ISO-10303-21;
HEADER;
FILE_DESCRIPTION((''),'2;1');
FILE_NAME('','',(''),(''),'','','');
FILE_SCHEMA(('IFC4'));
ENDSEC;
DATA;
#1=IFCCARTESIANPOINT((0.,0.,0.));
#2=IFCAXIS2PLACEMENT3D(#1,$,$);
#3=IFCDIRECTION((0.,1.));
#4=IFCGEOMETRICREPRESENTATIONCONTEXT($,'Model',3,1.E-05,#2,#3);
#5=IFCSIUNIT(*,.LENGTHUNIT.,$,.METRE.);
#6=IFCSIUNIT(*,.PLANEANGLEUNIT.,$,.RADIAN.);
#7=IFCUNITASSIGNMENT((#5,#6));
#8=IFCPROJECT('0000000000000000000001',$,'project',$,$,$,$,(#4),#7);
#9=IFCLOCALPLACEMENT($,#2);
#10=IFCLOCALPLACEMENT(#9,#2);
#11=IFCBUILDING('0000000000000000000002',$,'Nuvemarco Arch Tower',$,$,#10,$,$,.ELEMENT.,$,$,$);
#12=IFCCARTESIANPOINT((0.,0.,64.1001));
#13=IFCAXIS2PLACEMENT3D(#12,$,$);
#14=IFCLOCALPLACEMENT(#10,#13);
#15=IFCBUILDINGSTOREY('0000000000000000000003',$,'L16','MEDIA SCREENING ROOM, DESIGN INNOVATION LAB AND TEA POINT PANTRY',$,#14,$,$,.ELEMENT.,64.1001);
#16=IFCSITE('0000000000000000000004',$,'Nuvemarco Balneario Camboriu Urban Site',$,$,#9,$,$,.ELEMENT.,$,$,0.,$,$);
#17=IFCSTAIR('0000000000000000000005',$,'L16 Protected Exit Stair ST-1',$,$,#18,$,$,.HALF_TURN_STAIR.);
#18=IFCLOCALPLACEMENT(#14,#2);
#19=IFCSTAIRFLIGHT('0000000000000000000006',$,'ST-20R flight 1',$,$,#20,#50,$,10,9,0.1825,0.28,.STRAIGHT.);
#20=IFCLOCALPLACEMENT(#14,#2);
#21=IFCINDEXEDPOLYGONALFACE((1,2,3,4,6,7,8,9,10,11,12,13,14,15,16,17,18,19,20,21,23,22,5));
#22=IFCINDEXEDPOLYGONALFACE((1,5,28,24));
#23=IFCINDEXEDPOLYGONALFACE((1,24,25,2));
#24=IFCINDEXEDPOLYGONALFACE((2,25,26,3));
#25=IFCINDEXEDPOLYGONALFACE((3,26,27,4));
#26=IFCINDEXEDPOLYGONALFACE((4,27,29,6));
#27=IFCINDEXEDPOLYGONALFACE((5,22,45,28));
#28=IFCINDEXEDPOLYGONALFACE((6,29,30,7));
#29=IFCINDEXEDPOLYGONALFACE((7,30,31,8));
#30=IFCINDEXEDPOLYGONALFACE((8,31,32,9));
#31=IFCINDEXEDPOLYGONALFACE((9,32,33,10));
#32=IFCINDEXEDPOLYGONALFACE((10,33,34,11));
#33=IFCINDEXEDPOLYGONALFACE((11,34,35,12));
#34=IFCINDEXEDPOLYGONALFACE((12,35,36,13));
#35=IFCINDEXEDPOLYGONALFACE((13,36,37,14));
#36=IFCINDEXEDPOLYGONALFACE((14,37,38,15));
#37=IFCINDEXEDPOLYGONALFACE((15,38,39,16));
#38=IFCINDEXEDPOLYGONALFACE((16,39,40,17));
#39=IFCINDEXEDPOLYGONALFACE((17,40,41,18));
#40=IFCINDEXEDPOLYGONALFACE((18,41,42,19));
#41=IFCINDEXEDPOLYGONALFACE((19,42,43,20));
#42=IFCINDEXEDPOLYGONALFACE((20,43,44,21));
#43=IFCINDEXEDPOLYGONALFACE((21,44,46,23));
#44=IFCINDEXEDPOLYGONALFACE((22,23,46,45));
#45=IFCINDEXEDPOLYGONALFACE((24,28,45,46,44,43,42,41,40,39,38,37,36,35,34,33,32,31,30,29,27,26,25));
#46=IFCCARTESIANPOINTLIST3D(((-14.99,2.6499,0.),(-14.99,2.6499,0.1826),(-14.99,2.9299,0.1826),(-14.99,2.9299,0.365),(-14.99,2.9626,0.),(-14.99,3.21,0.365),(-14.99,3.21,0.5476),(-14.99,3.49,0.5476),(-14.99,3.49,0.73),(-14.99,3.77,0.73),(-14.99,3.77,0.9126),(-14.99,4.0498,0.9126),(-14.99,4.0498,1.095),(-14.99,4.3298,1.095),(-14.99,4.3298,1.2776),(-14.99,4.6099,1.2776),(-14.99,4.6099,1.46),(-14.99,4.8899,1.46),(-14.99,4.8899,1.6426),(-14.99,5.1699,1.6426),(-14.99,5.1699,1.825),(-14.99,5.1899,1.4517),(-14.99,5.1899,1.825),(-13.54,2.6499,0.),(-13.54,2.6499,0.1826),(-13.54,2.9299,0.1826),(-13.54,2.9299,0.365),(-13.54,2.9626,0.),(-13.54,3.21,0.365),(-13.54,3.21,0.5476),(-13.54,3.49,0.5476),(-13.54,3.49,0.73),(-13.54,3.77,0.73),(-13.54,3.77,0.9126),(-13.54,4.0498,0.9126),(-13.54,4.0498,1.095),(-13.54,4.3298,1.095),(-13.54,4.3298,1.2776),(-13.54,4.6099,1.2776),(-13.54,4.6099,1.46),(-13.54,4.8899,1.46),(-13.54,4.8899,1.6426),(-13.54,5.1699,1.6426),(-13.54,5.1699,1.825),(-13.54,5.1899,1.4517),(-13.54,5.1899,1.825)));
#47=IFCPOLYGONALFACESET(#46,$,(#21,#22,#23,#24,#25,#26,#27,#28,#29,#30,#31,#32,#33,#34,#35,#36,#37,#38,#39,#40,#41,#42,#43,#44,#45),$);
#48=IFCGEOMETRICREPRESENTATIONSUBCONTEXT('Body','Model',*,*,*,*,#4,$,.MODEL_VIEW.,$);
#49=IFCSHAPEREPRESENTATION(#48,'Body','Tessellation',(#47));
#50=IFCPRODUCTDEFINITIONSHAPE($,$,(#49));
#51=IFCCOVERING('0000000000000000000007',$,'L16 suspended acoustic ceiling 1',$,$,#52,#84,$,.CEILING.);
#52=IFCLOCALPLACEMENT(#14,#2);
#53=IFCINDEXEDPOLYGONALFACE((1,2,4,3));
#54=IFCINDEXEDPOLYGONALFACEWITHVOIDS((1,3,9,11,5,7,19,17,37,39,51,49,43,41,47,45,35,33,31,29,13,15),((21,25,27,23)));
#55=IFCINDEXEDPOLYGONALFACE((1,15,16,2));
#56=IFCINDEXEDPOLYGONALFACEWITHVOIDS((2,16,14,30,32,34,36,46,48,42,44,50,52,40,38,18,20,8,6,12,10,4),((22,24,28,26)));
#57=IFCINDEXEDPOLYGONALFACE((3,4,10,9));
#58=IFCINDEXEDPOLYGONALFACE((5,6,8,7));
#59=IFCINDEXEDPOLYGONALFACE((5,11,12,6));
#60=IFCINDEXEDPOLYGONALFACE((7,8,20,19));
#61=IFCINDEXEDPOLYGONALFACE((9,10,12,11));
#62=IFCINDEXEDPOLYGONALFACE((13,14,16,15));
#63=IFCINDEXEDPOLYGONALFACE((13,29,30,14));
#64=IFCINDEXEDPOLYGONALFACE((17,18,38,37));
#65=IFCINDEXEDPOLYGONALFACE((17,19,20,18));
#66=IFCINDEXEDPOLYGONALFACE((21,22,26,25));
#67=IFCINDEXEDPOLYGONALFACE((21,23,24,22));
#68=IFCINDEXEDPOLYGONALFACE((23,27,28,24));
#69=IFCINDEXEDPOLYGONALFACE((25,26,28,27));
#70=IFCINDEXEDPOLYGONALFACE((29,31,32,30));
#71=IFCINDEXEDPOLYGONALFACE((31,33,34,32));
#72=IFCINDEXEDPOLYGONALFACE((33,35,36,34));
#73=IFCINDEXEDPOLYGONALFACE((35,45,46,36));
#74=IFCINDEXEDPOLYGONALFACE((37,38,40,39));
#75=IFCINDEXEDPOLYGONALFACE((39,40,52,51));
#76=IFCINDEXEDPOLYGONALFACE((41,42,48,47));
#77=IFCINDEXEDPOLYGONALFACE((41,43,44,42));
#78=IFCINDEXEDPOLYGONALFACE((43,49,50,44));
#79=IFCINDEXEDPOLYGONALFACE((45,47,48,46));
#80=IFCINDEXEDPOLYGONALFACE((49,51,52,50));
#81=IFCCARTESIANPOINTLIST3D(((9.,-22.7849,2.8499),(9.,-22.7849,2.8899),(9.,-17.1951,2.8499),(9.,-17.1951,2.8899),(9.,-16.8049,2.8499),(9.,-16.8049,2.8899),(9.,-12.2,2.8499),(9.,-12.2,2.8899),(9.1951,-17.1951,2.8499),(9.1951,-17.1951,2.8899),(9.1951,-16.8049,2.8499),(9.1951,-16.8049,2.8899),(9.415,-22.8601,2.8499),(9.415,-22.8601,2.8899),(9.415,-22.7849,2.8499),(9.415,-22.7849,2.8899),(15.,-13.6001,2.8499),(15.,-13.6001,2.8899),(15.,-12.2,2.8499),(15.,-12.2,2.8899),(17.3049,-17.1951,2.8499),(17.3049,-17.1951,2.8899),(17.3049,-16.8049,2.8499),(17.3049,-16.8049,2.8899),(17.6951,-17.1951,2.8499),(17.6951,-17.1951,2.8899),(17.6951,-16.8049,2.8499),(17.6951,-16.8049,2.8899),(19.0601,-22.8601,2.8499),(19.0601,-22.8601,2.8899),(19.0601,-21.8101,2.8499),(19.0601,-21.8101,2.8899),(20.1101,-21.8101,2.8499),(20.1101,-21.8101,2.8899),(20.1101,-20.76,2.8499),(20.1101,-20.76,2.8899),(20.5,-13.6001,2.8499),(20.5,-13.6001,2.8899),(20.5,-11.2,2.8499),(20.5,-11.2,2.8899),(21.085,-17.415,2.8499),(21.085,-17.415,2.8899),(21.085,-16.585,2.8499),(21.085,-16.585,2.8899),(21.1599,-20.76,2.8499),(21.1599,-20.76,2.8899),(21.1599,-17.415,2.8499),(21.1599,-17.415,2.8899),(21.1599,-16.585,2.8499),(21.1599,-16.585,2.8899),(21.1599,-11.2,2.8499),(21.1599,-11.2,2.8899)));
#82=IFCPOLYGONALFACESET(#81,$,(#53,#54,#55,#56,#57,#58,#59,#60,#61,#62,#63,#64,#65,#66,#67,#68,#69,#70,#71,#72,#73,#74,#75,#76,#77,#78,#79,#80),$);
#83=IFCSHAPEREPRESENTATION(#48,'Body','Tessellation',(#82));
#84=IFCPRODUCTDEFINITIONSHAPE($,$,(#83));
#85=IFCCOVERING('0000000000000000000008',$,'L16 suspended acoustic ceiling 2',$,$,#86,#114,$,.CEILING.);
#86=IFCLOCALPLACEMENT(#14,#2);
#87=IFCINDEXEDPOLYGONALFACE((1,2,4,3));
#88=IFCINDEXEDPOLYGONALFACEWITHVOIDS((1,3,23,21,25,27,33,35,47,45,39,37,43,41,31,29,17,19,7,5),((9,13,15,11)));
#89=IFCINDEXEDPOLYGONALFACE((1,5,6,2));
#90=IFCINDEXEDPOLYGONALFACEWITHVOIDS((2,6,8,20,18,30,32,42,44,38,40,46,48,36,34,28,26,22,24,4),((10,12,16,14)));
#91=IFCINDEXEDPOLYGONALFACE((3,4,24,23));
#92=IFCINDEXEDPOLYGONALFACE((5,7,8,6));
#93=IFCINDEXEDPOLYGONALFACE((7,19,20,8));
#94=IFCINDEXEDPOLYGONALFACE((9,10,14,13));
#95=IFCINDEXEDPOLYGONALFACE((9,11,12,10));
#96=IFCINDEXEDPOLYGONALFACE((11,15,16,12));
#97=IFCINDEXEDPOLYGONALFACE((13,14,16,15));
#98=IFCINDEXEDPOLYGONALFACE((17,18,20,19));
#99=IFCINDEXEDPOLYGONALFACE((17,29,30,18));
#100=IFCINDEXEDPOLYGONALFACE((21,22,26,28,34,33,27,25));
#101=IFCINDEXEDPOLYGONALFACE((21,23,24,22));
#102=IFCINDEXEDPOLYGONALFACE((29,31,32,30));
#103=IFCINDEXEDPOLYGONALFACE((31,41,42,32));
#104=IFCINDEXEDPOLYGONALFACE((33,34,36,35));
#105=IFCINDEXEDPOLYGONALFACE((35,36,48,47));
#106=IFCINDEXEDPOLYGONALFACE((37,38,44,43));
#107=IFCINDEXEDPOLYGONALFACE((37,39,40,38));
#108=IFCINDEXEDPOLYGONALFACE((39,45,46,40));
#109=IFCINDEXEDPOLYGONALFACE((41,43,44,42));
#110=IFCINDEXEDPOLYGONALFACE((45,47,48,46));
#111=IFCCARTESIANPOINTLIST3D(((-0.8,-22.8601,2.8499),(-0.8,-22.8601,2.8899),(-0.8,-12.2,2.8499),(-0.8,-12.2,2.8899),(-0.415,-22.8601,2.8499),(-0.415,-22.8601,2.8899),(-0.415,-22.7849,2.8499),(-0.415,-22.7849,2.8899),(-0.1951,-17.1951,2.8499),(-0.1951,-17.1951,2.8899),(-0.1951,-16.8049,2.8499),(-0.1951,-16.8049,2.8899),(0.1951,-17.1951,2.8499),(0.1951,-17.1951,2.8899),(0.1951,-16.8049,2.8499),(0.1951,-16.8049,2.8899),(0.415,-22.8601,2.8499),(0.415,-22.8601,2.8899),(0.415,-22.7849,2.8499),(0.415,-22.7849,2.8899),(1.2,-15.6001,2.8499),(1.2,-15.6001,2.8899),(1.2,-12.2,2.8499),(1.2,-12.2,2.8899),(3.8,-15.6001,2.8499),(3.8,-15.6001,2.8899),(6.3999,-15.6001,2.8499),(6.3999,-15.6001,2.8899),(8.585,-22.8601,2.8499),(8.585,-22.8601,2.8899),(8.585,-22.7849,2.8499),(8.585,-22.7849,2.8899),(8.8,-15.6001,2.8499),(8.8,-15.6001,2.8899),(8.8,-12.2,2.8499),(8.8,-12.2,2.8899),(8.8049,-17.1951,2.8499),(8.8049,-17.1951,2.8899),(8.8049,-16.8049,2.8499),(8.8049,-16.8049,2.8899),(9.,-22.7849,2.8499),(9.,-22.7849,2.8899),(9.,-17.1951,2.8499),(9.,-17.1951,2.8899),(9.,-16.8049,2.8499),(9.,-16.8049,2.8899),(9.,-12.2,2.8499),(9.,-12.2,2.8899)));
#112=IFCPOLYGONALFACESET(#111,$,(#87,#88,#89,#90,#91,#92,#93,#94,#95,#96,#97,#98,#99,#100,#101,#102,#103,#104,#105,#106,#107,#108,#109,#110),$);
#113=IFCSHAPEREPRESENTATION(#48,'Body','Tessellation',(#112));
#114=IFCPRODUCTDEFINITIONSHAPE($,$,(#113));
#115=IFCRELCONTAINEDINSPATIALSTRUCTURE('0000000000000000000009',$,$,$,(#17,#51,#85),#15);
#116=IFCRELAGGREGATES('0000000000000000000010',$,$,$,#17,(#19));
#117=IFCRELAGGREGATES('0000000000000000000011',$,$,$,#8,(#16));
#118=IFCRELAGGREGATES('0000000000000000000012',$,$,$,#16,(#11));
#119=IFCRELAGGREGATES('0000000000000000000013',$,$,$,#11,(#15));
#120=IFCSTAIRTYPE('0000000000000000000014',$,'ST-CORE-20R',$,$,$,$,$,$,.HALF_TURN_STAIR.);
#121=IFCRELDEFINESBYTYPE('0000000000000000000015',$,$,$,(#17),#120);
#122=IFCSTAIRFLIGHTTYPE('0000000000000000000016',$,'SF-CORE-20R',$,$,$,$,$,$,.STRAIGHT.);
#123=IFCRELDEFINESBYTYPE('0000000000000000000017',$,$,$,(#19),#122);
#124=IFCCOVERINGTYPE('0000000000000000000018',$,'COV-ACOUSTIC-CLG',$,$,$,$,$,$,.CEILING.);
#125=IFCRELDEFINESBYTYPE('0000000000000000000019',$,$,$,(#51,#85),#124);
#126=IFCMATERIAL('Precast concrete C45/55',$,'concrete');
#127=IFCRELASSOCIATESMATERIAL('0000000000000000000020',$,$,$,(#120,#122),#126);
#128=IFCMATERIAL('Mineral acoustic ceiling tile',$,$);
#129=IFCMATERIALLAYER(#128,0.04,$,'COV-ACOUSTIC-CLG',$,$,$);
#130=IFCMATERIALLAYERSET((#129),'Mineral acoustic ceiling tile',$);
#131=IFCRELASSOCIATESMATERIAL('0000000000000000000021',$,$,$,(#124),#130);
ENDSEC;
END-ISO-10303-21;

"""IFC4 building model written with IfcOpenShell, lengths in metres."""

from ifc_helpers import new_model, si_unit, direction, frame, origin, place, context, subcontext, project, spatial, polyline, outline, extrude, material, layer, layer_set, type_object, element, aggregate, save


model = new_model("IFC4")

# Units and contexts
model_context = context("Model", 3, precision=1e-05, world=origin(), true_north=direction((0.0, 1.0)))
body_context = subcontext(model_context, "Body", "Model", "MODEL_VIEW")
ifc_project = project(units=[si_unit("LENGTHUNIT", "METRE"), si_unit("PLANEANGLEUNIT", "RADIAN")], contexts=[model_context])

# Site, building, storey
site_placement = place(None, origin())
site = spatial("IfcSite", under=ifc_project, at=site_placement, Name="Nuvemarco Balneario Camboriu Urban Site", CompositionType="ELEMENT", RefElevation=0.0)
building_placement = place(site_placement, origin())
building = spatial("IfcBuilding", under=site, at=building_placement, Name="Nuvemarco Arch Tower", CompositionType="ELEMENT")
storey_placement = place(building_placement, frame((0.0, 0.0, 64.1001)))
storey = spatial("IfcBuildingStorey", under=building, at=storey_placement, Name="L16", Description="MEDIA SCREENING ROOM, DESIGN INNOVATION LAB AND TEA POINT PANTRY", CompositionType="ELEMENT", Elevation=64.1001)

# Stair
ifc_material_1 = material(Name="Precast concrete C45/55", Category="concrete")
stair_type = type_object("IfcStairType", Name="ST-CORE-20R", PredefinedType="HALF_TURN_STAIR", material=ifc_material_1)
stair_1_placement = place(storey_placement, origin())
stair_1 = element("IfcStair", 1, at=stair_1_placement, inside=storey, type_object=stair_type, Name="L16 Protected Exit Stair ST-1", PredefinedType="HALF_TURN_STAIR")

# Stair flight
stair_flight_type = type_object("IfcStairFlightType", Name="SF-CORE-20R", PredefinedType="STRAIGHT", material=ifc_material_1)
stair_flight_placement = place(storey_placement, frame((-14.2649, 2.6499, 0.0), z_axis=(0.0, 0.0, 1.0), x_axis=(0.0, 1.0, 0.0)))
stair_flight = element("IfcStairFlight", 2, at=stair_flight_placement, type_object=stair_flight_type, Name="ST-20R flight 1", NumberOfRisers=10, NumberOfTreads=9, PredefinedType="STRAIGHT", RiserHeight=0.1825, TreadLength=0.28, context=body_context, shape_type="SweptSolid", body=[
    extrude(outline(polyline([(0.0, 0.0), (0.0, 0.1826), (0.28, 0.1826), (0.28, 0.365), (0.5601, 0.365), (0.5601, 0.5476), (0.8401, 0.5476), (0.8401, 0.73), (1.1201, 0.73), (1.1201, 0.9126), (1.3999, 0.9126), (1.3999, 1.095), (1.6799, 1.095), (1.6799, 1.2776), (1.96, 1.2776), (1.96, 1.46), (2.24, 1.46), (2.24, 1.6426), (2.52, 1.6426), (2.52, 1.825), (2.54, 1.825), (2.54, 1.4517), (0.3127, 0.0), (0.0, 0.0)])), frame((0.0, 0.7251, 0.0), z_axis=(0.0, -1.0, 0.0), x_axis=(1.0, 0.0, 0.0)), (0.0, 0.0, 1.0), 1.45),
])
aggregate(stair_1, [stair_flight])

# Coverings
ifc_material_2 = material(Name="Mineral acoustic ceiling tile")
ifc_layer_1 = layer(ifc_material_2, 0.04, Name="COV-ACOUSTIC-CLG")
ifc_layer_set_1 = layer_set([ifc_layer_1], Name="Mineral acoustic ceiling tile")
covering_type = type_object("IfcCoveringType", Name="COV-ACOUSTIC-CLG", PredefinedType="CEILING", material=ifc_layer_set_1)
covering_1_placement = place(storey_placement, frame((0.0, 0.0, 2.8499)))
element("IfcCovering", 3, at=covering_1_placement, inside=storey, type_object=covering_type, Name="L16 suspended acoustic ceiling 1", PredefinedType="CEILING", context=body_context, shape_type="SweptSolid", body=[
    extrude(outline(polyline([(19.0601, -22.8601), (9.415, -22.8601), (9.415, -22.7849), (9.0, -22.7849), (9.0, -17.1951), (9.1951, -17.1951), (9.1951, -16.8049), (9.0, -16.8049), (9.0, -12.2), (15.0, -12.2), (15.0, -13.6001), (20.5, -13.6001), (20.5, -11.2), (21.1599, -11.2), (21.1599, -16.585), (21.085, -16.585), (21.085, -17.415), (21.1599, -17.415), (21.1599, -20.76), (20.1101, -20.76), (20.1101, -21.8101), (19.0601, -21.8101), (19.0601, -22.8601)]), holes=[polyline([(17.6951, -17.1951), (17.6951, -16.8049), (17.3049, -16.8049), (17.3049, -17.1951), (17.6951, -17.1951)])]), origin(), (0.0, 0.0, 1.0), 0.04),
])
covering_2_placement = place(storey_placement, frame((0.0, 0.0, 2.8499)))
element("IfcCovering", 4, at=covering_2_placement, inside=storey, type_object=covering_type, Name="L16 suspended acoustic ceiling 2", PredefinedType="CEILING", context=body_context, shape_type="SweptSolid", body=[
    extrude(outline(polyline([(3.8, -15.6001), (6.3999, -15.6001), (8.8, -15.6001), (8.8, -12.2), (9.0, -12.2), (9.0, -16.8049), (8.8049, -16.8049), (8.8049, -17.1951), (9.0, -17.1951), (9.0, -22.7849), (8.585, -22.7849), (8.585, -22.8601), (0.415, -22.8601), (0.415, -22.7849), (-0.415, -22.7849), (-0.415, -22.8601), (-0.8, -22.8601), (-0.8, -12.2), (1.2, -12.2), (1.2, -15.6001), (3.8, -15.6001)]), holes=[polyline([(0.1951, -17.1951), (0.1951, -16.8049), (-0.1951, -16.8049), (-0.1951, -17.1951), (0.1951, -17.1951)])]), origin(), (0.0, 0.0, 1.0), 0.04),
])

save(model, "model.ifc")
